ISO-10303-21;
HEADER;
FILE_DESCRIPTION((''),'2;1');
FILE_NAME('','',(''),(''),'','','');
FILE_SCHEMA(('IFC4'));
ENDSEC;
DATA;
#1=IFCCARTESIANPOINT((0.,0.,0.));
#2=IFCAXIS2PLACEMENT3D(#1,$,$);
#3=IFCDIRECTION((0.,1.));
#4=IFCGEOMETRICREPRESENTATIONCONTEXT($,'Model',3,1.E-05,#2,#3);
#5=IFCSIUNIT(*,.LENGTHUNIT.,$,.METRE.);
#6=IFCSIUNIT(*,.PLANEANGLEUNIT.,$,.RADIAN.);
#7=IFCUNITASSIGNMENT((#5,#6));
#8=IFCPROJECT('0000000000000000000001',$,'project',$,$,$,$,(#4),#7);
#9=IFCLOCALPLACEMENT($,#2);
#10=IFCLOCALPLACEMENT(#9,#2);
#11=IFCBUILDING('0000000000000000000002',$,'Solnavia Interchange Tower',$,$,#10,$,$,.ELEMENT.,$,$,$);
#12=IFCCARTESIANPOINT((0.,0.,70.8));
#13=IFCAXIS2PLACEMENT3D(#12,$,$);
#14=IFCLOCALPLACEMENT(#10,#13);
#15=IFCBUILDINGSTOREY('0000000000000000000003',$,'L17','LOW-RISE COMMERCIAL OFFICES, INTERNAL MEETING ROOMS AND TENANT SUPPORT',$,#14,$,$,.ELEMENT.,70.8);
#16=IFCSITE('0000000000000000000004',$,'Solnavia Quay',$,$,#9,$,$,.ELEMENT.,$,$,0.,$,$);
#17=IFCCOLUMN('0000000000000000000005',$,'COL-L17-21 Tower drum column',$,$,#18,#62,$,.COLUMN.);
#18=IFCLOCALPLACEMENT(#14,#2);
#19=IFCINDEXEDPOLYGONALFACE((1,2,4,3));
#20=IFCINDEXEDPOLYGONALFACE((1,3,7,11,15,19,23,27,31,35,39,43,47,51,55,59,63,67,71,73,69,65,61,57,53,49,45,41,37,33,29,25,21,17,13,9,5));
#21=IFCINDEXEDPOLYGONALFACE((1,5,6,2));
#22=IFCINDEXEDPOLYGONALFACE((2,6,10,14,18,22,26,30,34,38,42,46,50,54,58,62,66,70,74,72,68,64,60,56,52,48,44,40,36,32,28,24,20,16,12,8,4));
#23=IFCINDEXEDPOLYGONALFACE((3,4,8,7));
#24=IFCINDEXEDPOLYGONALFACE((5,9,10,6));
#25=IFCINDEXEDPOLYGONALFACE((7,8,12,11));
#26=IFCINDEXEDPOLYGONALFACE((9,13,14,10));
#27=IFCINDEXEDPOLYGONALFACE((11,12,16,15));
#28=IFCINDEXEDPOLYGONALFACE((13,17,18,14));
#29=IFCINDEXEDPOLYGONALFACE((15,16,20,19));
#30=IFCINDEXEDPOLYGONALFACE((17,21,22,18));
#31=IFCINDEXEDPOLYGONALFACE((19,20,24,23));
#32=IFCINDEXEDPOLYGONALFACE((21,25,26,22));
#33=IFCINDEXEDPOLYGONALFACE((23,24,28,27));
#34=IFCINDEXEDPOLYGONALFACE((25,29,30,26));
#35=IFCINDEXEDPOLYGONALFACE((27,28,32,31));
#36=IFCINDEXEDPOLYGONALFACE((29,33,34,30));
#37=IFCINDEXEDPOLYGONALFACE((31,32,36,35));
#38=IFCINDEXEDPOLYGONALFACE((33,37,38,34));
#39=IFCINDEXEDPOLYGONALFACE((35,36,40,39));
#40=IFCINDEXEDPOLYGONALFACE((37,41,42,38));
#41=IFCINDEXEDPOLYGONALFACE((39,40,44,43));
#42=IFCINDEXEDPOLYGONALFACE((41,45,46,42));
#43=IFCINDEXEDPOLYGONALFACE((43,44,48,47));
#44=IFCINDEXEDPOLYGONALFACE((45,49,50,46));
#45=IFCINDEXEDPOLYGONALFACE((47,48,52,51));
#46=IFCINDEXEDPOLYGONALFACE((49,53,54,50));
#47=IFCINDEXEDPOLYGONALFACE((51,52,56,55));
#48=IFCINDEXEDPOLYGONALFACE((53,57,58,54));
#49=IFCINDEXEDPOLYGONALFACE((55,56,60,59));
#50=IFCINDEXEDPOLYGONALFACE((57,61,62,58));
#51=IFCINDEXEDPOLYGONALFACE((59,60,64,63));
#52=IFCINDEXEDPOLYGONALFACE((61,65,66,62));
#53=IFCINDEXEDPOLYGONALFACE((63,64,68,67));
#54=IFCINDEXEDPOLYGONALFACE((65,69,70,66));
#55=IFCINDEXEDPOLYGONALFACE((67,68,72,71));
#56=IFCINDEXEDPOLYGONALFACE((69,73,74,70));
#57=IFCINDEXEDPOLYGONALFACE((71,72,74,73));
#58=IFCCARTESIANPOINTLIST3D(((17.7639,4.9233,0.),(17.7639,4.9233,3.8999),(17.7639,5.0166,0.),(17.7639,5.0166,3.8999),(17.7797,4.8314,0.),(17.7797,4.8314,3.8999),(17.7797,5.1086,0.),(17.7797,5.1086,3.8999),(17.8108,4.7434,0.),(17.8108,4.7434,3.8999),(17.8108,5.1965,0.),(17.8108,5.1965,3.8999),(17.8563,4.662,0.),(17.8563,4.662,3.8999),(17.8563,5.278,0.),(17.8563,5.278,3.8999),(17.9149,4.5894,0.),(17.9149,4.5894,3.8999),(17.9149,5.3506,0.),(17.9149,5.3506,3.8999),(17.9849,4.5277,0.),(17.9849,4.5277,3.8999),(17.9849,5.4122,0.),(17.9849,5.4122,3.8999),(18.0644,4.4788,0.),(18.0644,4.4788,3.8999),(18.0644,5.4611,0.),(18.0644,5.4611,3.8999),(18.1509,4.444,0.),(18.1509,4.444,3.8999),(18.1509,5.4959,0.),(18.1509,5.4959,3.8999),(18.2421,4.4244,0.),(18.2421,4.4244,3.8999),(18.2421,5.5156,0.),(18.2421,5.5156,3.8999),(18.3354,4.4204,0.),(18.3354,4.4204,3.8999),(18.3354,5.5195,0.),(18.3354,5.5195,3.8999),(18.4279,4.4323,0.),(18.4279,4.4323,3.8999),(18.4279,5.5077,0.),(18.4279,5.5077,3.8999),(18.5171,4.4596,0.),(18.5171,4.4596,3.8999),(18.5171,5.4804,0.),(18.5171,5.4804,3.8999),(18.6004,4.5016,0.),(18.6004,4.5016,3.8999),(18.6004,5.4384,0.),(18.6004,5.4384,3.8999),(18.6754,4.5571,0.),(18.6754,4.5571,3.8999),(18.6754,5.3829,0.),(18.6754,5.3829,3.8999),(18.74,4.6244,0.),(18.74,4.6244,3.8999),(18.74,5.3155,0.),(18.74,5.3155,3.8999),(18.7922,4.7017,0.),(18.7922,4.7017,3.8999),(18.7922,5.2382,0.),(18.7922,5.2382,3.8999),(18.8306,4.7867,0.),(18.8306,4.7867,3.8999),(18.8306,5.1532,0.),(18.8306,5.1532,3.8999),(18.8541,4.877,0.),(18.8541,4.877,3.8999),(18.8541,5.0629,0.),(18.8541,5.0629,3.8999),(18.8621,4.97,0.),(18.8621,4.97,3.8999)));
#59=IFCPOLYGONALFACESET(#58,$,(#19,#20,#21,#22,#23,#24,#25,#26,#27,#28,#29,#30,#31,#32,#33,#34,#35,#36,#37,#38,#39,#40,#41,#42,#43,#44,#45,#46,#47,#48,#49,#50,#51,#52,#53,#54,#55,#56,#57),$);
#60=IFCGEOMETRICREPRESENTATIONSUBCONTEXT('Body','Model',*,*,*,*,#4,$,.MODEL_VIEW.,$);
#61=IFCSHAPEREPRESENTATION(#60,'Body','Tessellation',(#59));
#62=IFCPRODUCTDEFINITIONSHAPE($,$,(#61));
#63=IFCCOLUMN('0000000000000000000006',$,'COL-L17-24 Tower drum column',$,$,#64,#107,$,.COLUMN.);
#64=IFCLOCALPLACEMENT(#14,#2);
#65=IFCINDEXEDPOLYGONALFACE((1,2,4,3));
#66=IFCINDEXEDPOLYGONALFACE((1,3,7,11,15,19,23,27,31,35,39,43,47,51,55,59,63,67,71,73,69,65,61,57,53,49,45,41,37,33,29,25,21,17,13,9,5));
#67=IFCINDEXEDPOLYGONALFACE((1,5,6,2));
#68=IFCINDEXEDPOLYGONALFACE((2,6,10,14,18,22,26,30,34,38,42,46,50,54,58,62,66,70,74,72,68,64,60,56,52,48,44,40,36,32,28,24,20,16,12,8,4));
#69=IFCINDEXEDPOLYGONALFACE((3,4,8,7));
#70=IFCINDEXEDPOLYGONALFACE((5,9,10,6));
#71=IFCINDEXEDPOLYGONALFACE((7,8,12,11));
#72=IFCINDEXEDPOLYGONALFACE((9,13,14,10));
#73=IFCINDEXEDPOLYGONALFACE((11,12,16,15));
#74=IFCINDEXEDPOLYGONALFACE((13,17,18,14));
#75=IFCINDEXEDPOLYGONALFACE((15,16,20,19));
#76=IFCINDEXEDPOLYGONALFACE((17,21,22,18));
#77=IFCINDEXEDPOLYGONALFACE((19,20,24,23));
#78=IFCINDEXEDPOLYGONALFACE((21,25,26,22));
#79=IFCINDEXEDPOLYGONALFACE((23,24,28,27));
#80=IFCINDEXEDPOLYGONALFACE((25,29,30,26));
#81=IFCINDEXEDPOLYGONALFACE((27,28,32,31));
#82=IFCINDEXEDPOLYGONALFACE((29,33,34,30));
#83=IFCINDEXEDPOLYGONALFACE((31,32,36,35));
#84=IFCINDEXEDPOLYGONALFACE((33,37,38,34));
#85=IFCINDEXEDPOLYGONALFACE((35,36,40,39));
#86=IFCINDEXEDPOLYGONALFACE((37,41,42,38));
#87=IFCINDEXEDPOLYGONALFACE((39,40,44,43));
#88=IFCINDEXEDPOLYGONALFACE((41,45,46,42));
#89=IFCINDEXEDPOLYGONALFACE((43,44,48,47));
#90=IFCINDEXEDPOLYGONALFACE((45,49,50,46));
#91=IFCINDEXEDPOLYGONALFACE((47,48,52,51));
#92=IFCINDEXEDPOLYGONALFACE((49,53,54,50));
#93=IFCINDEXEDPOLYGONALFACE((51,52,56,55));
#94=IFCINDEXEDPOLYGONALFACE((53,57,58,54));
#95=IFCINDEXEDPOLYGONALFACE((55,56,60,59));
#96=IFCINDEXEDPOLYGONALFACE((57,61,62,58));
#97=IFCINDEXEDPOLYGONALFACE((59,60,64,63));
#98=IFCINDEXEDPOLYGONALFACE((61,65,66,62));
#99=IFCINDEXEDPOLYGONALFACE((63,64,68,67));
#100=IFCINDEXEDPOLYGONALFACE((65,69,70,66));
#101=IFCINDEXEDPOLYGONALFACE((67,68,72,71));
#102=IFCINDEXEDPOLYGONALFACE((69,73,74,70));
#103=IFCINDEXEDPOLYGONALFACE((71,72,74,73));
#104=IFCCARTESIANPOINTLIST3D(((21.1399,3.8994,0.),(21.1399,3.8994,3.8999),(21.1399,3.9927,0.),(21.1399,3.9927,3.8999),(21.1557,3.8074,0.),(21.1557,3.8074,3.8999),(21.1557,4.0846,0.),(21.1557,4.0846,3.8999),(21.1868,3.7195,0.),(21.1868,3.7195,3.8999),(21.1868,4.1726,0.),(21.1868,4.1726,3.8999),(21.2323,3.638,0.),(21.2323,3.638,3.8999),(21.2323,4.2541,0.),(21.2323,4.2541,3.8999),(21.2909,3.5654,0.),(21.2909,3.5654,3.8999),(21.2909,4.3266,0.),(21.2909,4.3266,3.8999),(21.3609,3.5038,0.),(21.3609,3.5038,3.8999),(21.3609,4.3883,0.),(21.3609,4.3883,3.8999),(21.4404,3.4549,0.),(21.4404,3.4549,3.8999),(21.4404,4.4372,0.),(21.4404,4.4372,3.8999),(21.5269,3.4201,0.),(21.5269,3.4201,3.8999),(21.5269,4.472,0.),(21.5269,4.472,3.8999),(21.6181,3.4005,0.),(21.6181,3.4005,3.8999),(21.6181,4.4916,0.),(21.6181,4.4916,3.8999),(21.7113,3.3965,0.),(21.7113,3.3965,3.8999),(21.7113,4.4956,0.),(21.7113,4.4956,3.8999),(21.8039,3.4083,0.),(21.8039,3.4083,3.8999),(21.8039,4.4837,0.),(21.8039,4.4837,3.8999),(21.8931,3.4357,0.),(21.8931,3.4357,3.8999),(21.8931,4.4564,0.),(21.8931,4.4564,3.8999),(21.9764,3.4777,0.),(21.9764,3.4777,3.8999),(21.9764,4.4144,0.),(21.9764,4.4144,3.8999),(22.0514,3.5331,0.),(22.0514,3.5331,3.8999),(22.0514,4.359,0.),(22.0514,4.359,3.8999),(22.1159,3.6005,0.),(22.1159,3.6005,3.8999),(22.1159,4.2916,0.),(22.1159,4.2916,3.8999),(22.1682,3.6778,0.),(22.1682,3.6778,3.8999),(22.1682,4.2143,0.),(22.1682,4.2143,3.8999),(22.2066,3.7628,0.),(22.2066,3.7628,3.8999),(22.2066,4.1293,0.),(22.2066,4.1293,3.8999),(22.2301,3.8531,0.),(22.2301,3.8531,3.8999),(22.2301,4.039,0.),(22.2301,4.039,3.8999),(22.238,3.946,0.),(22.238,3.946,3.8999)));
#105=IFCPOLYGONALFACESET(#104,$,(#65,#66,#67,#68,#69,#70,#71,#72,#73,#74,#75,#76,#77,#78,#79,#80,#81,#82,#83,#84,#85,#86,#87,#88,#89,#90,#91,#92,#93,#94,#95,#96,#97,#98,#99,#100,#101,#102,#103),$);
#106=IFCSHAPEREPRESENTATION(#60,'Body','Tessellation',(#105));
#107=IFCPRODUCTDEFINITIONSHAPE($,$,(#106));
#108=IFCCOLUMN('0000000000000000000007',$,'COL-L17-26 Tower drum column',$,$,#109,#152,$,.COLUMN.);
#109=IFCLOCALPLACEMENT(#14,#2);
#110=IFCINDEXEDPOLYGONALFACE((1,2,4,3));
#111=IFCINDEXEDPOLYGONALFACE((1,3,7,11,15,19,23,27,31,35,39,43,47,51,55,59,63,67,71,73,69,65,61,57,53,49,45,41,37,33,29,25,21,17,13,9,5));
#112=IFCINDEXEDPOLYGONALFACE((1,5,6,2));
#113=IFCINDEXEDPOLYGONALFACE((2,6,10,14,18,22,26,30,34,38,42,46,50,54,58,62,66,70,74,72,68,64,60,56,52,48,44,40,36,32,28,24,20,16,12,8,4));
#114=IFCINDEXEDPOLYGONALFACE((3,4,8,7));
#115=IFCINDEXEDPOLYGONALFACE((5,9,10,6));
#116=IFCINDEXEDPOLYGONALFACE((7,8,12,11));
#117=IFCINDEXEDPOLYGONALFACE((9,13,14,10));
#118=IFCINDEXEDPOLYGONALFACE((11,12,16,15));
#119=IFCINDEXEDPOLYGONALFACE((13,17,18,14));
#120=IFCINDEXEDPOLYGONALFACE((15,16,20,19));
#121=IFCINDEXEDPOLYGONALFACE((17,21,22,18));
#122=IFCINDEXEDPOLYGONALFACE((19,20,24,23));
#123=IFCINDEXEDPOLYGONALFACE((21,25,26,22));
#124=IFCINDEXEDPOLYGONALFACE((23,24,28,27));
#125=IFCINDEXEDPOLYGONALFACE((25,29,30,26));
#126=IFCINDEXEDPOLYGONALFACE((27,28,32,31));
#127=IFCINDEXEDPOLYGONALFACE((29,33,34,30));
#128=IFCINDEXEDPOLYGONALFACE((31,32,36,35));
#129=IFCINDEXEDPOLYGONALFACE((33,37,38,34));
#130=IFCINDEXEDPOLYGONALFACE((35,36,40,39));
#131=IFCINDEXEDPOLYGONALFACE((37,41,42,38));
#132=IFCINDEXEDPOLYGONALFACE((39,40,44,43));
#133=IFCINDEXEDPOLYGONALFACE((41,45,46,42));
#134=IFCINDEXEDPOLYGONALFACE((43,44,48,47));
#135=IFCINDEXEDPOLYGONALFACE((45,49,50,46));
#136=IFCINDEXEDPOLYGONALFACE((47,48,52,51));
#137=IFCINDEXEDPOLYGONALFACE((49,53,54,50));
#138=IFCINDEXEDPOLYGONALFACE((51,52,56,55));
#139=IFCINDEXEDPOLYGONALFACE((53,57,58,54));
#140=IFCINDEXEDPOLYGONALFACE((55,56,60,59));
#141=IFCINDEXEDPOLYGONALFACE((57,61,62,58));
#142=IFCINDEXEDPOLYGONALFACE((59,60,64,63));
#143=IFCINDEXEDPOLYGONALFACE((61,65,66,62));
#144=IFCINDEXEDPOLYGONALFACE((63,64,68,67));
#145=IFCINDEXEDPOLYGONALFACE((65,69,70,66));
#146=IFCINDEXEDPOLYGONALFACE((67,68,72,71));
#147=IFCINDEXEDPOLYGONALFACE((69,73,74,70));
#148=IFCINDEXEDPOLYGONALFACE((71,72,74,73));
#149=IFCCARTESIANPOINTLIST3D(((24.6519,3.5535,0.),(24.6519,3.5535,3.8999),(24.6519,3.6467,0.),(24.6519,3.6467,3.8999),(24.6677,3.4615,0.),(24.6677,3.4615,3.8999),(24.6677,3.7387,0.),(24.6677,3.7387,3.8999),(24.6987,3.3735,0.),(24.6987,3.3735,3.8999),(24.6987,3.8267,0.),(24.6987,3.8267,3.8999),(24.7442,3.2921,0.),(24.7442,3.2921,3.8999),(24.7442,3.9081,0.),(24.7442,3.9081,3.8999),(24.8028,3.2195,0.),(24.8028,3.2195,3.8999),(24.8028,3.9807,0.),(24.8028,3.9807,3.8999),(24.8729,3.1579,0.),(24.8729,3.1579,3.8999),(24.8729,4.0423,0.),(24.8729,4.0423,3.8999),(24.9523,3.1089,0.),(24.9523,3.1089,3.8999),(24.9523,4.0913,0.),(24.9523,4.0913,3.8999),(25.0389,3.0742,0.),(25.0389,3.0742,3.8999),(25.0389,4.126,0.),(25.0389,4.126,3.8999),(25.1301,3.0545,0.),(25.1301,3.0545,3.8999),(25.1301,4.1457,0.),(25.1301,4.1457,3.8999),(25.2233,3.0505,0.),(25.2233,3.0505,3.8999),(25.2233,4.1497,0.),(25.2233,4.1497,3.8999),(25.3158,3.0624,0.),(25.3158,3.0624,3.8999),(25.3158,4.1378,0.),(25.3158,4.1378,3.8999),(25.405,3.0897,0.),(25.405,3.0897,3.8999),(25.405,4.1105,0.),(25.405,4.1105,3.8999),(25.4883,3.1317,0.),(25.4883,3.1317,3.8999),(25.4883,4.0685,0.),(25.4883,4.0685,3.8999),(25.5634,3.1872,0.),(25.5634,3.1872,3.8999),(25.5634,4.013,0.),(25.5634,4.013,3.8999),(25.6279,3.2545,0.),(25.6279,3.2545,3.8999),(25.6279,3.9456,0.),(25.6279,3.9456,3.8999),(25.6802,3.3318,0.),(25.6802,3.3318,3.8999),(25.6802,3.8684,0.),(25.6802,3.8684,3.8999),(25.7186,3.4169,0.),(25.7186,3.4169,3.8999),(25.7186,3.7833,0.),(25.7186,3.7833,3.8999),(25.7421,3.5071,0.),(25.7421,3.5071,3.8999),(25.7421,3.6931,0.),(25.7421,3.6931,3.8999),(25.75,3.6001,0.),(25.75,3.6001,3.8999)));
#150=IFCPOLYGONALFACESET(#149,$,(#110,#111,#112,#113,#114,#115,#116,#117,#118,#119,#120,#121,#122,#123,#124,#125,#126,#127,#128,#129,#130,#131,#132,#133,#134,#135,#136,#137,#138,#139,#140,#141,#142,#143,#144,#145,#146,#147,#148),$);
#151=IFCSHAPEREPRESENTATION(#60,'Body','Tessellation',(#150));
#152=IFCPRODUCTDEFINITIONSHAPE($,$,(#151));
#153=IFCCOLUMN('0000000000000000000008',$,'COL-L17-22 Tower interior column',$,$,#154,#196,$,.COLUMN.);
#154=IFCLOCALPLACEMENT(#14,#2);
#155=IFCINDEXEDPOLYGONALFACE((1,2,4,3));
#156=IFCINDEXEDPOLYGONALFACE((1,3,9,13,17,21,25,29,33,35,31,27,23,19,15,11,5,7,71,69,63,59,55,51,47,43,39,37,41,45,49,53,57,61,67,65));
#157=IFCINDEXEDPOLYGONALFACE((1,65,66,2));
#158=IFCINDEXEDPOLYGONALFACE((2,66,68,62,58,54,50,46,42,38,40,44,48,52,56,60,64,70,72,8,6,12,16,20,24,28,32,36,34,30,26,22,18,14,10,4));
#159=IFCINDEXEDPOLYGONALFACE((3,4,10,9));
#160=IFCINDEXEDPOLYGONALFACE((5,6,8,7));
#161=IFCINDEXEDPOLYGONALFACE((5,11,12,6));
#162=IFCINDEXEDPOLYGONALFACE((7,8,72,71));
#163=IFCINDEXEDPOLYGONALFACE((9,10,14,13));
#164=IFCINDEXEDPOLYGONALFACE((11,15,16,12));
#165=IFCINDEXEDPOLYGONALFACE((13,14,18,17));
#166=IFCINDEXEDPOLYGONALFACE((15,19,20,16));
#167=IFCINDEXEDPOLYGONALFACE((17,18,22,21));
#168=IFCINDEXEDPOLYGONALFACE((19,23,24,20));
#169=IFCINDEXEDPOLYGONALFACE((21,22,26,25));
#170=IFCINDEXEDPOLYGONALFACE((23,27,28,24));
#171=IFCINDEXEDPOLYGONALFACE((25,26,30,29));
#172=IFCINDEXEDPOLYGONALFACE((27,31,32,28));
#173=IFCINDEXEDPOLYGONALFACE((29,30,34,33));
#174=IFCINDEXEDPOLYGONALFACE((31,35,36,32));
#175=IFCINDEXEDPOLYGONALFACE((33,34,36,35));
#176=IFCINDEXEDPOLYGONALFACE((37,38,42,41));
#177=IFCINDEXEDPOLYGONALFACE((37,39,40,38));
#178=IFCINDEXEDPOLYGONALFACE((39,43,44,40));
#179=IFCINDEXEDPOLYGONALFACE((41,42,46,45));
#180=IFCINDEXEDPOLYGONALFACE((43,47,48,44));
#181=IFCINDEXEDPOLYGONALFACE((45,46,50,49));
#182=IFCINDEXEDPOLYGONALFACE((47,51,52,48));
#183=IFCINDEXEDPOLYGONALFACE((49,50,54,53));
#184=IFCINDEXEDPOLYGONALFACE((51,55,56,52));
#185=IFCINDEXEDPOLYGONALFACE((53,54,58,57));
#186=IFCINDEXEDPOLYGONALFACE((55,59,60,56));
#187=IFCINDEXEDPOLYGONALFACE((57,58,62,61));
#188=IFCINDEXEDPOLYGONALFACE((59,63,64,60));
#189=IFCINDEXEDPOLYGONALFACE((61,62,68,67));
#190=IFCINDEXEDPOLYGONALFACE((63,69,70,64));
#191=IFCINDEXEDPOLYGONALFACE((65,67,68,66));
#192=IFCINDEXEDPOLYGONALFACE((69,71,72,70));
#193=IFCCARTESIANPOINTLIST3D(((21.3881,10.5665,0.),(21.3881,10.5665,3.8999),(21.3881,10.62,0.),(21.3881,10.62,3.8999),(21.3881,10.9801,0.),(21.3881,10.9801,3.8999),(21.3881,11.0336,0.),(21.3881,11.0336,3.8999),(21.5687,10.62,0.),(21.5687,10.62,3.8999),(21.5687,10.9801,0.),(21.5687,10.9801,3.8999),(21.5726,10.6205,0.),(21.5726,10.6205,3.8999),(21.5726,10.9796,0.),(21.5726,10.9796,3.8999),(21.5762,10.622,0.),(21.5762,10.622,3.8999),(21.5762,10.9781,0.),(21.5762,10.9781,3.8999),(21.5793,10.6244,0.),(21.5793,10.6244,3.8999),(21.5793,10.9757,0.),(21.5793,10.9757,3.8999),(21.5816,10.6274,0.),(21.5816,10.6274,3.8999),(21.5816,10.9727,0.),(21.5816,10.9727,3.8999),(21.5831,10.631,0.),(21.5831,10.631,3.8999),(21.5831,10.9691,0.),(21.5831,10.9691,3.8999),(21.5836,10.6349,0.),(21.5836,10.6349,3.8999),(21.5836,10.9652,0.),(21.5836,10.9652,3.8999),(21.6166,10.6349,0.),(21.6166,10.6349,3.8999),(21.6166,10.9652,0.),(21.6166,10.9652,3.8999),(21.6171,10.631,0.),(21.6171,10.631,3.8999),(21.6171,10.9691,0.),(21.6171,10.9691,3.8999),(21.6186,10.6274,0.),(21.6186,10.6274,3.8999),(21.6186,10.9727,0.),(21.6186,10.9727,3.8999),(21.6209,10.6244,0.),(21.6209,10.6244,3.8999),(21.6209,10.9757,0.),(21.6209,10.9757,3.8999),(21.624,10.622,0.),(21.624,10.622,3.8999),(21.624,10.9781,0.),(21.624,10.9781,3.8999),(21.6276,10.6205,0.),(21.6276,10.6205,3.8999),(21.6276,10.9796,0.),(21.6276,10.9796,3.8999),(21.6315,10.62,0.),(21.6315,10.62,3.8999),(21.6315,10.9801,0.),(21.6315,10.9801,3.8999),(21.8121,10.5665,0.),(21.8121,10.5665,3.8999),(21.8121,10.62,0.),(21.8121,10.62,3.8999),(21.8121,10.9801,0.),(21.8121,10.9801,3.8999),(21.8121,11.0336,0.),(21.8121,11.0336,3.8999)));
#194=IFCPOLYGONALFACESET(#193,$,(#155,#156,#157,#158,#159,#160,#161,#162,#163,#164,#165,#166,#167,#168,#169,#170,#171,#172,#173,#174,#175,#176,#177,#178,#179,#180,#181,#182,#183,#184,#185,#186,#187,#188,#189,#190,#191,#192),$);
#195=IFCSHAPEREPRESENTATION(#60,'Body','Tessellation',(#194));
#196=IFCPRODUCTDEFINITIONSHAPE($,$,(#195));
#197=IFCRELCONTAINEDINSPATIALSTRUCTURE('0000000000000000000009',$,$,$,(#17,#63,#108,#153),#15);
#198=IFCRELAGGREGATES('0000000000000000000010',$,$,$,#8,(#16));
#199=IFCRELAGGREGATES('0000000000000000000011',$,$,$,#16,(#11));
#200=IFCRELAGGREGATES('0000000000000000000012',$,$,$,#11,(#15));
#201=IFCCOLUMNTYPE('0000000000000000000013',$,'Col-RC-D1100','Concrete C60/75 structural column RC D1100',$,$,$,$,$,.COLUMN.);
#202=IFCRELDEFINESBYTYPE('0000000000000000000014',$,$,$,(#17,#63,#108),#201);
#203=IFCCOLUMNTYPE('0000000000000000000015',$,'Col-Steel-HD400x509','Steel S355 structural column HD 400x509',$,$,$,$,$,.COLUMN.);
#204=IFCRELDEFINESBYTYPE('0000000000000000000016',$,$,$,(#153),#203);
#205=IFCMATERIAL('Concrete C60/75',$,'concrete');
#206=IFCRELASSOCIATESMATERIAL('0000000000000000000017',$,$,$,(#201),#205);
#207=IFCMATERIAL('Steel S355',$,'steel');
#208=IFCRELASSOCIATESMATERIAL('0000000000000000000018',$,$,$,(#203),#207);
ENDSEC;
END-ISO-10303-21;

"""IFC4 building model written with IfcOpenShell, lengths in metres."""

from ifc_helpers import new_model, si_unit, direction, frame, origin, origin_2d, place, context, subcontext, project, spatial, circle, i_section, extrude, material, material_profile, profile_set, type_object, element, save


model = new_model("IFC4")

# Units and contexts
model_context = context("Model", 3, precision=1e-05, world=origin(), true_north=direction((0.0, 1.0)))
body_context = subcontext(model_context, "Body", "Model", "MODEL_VIEW")
ifc_project = project(units=[si_unit("LENGTHUNIT", "METRE"), si_unit("PLANEANGLEUNIT", "RADIAN")], contexts=[model_context])

# Site, building, storey
site_placement = place(None, origin())
site = spatial("IfcSite", under=ifc_project, at=site_placement, Name="Solnavia Quay", CompositionType="ELEMENT", RefElevation=0.0)
building_placement = place(site_placement, origin())
building = spatial("IfcBuilding", under=site, at=building_placement, Name="Solnavia Interchange Tower", CompositionType="ELEMENT")
storey_placement = place(building_placement, frame((0.0, 0.0, 70.8)))
storey = spatial("IfcBuildingStorey", under=building, at=storey_placement, Name="L17", Description="LOW-RISE COMMERCIAL OFFICES, INTERNAL MEETING ROOMS AND TENANT SUPPORT", CompositionType="ELEMENT", Elevation=70.8)

# Columns
ifc_material_1 = material(Name="Concrete C60/75", Category="concrete")
ifc_material_profile_1 = material_profile(ifc_material_1, circle(Radius=0.55, at=origin_2d()), Name="RC D1100")
ifc_profile_set_1 = profile_set([ifc_material_profile_1], Name="Concrete C60/75")
column_type_1 = type_object("IfcColumnType", Name="Col-RC-D1100", Description="Concrete C60/75 structural column RC D1100", PredefinedType="COLUMN", material=ifc_profile_set_1)
for number, where, z_axis, x_axis, name in (
    (1, (18.312, 4.97, 0.0), (0.0, 0.0, 1.0), (1.0, 0.0, 0.0), "COL-L17-21 Tower drum column"),
    (2, (21.688, 3.946, 0.0), (0.0, 0.0, 1.0), (1.0, 0.0, 0.0), "COL-L17-24 Tower drum column"),
    (3, (25.2, 3.6001, 0.0), (0.0, 0.0, 1.0), (1.0, 0.0, 0.0), "COL-L17-26 Tower drum column"),
):
    element("IfcColumn", number, at=place(storey_placement, frame(where, z_axis=z_axis, x_axis=x_axis)), inside=storey, type_object=column_type_1, Name=name, PredefinedType="COLUMN", context=body_context, shape_type="SweptSolid", body=[
        extrude(circle(Radius=0.55, at=origin_2d()), origin(), (0.0, 0.0, 1.0), 3.8999),
    ])
ifc_material_2 = material(Name="Steel S355", Category="steel")
ifc_material_profile_2 = material_profile(ifc_material_2, i_section(OverallWidth=0.4241, OverallDepth=0.467, WebThickness=0.033, FlangeThickness=0.0535, FilletRadius=0.0149, at=origin_2d()), Name="HD 400x509")
ifc_profile_set_2 = profile_set([ifc_material_profile_2], Name="Steel S355")
column_type_2 = type_object("IfcColumnType", Name="Col-Steel-HD400x509", Description="Steel S355 structural column HD 400x509", PredefinedType="COLUMN", material=ifc_profile_set_2)
column_placement = place(storey_placement, frame((21.6001, 10.8, 0.0), z_axis=(0.0, 0.0, 1.0), x_axis=(1.0, 0.0, 0.0)))
element("IfcColumn", 4, at=column_placement, inside=storey, type_object=column_type_2, Name="COL-L17-22 Tower interior column", PredefinedType="COLUMN", context=body_context, shape_type="SweptSolid", body=[
    extrude(i_section(OverallWidth=0.4241, OverallDepth=0.467, WebThickness=0.033, FlangeThickness=0.0535, FilletRadius=0.0149, at=origin_2d()), origin(), (0.0, 0.0, 1.0), 3.8999),
])

save(model, "model.ifc")
